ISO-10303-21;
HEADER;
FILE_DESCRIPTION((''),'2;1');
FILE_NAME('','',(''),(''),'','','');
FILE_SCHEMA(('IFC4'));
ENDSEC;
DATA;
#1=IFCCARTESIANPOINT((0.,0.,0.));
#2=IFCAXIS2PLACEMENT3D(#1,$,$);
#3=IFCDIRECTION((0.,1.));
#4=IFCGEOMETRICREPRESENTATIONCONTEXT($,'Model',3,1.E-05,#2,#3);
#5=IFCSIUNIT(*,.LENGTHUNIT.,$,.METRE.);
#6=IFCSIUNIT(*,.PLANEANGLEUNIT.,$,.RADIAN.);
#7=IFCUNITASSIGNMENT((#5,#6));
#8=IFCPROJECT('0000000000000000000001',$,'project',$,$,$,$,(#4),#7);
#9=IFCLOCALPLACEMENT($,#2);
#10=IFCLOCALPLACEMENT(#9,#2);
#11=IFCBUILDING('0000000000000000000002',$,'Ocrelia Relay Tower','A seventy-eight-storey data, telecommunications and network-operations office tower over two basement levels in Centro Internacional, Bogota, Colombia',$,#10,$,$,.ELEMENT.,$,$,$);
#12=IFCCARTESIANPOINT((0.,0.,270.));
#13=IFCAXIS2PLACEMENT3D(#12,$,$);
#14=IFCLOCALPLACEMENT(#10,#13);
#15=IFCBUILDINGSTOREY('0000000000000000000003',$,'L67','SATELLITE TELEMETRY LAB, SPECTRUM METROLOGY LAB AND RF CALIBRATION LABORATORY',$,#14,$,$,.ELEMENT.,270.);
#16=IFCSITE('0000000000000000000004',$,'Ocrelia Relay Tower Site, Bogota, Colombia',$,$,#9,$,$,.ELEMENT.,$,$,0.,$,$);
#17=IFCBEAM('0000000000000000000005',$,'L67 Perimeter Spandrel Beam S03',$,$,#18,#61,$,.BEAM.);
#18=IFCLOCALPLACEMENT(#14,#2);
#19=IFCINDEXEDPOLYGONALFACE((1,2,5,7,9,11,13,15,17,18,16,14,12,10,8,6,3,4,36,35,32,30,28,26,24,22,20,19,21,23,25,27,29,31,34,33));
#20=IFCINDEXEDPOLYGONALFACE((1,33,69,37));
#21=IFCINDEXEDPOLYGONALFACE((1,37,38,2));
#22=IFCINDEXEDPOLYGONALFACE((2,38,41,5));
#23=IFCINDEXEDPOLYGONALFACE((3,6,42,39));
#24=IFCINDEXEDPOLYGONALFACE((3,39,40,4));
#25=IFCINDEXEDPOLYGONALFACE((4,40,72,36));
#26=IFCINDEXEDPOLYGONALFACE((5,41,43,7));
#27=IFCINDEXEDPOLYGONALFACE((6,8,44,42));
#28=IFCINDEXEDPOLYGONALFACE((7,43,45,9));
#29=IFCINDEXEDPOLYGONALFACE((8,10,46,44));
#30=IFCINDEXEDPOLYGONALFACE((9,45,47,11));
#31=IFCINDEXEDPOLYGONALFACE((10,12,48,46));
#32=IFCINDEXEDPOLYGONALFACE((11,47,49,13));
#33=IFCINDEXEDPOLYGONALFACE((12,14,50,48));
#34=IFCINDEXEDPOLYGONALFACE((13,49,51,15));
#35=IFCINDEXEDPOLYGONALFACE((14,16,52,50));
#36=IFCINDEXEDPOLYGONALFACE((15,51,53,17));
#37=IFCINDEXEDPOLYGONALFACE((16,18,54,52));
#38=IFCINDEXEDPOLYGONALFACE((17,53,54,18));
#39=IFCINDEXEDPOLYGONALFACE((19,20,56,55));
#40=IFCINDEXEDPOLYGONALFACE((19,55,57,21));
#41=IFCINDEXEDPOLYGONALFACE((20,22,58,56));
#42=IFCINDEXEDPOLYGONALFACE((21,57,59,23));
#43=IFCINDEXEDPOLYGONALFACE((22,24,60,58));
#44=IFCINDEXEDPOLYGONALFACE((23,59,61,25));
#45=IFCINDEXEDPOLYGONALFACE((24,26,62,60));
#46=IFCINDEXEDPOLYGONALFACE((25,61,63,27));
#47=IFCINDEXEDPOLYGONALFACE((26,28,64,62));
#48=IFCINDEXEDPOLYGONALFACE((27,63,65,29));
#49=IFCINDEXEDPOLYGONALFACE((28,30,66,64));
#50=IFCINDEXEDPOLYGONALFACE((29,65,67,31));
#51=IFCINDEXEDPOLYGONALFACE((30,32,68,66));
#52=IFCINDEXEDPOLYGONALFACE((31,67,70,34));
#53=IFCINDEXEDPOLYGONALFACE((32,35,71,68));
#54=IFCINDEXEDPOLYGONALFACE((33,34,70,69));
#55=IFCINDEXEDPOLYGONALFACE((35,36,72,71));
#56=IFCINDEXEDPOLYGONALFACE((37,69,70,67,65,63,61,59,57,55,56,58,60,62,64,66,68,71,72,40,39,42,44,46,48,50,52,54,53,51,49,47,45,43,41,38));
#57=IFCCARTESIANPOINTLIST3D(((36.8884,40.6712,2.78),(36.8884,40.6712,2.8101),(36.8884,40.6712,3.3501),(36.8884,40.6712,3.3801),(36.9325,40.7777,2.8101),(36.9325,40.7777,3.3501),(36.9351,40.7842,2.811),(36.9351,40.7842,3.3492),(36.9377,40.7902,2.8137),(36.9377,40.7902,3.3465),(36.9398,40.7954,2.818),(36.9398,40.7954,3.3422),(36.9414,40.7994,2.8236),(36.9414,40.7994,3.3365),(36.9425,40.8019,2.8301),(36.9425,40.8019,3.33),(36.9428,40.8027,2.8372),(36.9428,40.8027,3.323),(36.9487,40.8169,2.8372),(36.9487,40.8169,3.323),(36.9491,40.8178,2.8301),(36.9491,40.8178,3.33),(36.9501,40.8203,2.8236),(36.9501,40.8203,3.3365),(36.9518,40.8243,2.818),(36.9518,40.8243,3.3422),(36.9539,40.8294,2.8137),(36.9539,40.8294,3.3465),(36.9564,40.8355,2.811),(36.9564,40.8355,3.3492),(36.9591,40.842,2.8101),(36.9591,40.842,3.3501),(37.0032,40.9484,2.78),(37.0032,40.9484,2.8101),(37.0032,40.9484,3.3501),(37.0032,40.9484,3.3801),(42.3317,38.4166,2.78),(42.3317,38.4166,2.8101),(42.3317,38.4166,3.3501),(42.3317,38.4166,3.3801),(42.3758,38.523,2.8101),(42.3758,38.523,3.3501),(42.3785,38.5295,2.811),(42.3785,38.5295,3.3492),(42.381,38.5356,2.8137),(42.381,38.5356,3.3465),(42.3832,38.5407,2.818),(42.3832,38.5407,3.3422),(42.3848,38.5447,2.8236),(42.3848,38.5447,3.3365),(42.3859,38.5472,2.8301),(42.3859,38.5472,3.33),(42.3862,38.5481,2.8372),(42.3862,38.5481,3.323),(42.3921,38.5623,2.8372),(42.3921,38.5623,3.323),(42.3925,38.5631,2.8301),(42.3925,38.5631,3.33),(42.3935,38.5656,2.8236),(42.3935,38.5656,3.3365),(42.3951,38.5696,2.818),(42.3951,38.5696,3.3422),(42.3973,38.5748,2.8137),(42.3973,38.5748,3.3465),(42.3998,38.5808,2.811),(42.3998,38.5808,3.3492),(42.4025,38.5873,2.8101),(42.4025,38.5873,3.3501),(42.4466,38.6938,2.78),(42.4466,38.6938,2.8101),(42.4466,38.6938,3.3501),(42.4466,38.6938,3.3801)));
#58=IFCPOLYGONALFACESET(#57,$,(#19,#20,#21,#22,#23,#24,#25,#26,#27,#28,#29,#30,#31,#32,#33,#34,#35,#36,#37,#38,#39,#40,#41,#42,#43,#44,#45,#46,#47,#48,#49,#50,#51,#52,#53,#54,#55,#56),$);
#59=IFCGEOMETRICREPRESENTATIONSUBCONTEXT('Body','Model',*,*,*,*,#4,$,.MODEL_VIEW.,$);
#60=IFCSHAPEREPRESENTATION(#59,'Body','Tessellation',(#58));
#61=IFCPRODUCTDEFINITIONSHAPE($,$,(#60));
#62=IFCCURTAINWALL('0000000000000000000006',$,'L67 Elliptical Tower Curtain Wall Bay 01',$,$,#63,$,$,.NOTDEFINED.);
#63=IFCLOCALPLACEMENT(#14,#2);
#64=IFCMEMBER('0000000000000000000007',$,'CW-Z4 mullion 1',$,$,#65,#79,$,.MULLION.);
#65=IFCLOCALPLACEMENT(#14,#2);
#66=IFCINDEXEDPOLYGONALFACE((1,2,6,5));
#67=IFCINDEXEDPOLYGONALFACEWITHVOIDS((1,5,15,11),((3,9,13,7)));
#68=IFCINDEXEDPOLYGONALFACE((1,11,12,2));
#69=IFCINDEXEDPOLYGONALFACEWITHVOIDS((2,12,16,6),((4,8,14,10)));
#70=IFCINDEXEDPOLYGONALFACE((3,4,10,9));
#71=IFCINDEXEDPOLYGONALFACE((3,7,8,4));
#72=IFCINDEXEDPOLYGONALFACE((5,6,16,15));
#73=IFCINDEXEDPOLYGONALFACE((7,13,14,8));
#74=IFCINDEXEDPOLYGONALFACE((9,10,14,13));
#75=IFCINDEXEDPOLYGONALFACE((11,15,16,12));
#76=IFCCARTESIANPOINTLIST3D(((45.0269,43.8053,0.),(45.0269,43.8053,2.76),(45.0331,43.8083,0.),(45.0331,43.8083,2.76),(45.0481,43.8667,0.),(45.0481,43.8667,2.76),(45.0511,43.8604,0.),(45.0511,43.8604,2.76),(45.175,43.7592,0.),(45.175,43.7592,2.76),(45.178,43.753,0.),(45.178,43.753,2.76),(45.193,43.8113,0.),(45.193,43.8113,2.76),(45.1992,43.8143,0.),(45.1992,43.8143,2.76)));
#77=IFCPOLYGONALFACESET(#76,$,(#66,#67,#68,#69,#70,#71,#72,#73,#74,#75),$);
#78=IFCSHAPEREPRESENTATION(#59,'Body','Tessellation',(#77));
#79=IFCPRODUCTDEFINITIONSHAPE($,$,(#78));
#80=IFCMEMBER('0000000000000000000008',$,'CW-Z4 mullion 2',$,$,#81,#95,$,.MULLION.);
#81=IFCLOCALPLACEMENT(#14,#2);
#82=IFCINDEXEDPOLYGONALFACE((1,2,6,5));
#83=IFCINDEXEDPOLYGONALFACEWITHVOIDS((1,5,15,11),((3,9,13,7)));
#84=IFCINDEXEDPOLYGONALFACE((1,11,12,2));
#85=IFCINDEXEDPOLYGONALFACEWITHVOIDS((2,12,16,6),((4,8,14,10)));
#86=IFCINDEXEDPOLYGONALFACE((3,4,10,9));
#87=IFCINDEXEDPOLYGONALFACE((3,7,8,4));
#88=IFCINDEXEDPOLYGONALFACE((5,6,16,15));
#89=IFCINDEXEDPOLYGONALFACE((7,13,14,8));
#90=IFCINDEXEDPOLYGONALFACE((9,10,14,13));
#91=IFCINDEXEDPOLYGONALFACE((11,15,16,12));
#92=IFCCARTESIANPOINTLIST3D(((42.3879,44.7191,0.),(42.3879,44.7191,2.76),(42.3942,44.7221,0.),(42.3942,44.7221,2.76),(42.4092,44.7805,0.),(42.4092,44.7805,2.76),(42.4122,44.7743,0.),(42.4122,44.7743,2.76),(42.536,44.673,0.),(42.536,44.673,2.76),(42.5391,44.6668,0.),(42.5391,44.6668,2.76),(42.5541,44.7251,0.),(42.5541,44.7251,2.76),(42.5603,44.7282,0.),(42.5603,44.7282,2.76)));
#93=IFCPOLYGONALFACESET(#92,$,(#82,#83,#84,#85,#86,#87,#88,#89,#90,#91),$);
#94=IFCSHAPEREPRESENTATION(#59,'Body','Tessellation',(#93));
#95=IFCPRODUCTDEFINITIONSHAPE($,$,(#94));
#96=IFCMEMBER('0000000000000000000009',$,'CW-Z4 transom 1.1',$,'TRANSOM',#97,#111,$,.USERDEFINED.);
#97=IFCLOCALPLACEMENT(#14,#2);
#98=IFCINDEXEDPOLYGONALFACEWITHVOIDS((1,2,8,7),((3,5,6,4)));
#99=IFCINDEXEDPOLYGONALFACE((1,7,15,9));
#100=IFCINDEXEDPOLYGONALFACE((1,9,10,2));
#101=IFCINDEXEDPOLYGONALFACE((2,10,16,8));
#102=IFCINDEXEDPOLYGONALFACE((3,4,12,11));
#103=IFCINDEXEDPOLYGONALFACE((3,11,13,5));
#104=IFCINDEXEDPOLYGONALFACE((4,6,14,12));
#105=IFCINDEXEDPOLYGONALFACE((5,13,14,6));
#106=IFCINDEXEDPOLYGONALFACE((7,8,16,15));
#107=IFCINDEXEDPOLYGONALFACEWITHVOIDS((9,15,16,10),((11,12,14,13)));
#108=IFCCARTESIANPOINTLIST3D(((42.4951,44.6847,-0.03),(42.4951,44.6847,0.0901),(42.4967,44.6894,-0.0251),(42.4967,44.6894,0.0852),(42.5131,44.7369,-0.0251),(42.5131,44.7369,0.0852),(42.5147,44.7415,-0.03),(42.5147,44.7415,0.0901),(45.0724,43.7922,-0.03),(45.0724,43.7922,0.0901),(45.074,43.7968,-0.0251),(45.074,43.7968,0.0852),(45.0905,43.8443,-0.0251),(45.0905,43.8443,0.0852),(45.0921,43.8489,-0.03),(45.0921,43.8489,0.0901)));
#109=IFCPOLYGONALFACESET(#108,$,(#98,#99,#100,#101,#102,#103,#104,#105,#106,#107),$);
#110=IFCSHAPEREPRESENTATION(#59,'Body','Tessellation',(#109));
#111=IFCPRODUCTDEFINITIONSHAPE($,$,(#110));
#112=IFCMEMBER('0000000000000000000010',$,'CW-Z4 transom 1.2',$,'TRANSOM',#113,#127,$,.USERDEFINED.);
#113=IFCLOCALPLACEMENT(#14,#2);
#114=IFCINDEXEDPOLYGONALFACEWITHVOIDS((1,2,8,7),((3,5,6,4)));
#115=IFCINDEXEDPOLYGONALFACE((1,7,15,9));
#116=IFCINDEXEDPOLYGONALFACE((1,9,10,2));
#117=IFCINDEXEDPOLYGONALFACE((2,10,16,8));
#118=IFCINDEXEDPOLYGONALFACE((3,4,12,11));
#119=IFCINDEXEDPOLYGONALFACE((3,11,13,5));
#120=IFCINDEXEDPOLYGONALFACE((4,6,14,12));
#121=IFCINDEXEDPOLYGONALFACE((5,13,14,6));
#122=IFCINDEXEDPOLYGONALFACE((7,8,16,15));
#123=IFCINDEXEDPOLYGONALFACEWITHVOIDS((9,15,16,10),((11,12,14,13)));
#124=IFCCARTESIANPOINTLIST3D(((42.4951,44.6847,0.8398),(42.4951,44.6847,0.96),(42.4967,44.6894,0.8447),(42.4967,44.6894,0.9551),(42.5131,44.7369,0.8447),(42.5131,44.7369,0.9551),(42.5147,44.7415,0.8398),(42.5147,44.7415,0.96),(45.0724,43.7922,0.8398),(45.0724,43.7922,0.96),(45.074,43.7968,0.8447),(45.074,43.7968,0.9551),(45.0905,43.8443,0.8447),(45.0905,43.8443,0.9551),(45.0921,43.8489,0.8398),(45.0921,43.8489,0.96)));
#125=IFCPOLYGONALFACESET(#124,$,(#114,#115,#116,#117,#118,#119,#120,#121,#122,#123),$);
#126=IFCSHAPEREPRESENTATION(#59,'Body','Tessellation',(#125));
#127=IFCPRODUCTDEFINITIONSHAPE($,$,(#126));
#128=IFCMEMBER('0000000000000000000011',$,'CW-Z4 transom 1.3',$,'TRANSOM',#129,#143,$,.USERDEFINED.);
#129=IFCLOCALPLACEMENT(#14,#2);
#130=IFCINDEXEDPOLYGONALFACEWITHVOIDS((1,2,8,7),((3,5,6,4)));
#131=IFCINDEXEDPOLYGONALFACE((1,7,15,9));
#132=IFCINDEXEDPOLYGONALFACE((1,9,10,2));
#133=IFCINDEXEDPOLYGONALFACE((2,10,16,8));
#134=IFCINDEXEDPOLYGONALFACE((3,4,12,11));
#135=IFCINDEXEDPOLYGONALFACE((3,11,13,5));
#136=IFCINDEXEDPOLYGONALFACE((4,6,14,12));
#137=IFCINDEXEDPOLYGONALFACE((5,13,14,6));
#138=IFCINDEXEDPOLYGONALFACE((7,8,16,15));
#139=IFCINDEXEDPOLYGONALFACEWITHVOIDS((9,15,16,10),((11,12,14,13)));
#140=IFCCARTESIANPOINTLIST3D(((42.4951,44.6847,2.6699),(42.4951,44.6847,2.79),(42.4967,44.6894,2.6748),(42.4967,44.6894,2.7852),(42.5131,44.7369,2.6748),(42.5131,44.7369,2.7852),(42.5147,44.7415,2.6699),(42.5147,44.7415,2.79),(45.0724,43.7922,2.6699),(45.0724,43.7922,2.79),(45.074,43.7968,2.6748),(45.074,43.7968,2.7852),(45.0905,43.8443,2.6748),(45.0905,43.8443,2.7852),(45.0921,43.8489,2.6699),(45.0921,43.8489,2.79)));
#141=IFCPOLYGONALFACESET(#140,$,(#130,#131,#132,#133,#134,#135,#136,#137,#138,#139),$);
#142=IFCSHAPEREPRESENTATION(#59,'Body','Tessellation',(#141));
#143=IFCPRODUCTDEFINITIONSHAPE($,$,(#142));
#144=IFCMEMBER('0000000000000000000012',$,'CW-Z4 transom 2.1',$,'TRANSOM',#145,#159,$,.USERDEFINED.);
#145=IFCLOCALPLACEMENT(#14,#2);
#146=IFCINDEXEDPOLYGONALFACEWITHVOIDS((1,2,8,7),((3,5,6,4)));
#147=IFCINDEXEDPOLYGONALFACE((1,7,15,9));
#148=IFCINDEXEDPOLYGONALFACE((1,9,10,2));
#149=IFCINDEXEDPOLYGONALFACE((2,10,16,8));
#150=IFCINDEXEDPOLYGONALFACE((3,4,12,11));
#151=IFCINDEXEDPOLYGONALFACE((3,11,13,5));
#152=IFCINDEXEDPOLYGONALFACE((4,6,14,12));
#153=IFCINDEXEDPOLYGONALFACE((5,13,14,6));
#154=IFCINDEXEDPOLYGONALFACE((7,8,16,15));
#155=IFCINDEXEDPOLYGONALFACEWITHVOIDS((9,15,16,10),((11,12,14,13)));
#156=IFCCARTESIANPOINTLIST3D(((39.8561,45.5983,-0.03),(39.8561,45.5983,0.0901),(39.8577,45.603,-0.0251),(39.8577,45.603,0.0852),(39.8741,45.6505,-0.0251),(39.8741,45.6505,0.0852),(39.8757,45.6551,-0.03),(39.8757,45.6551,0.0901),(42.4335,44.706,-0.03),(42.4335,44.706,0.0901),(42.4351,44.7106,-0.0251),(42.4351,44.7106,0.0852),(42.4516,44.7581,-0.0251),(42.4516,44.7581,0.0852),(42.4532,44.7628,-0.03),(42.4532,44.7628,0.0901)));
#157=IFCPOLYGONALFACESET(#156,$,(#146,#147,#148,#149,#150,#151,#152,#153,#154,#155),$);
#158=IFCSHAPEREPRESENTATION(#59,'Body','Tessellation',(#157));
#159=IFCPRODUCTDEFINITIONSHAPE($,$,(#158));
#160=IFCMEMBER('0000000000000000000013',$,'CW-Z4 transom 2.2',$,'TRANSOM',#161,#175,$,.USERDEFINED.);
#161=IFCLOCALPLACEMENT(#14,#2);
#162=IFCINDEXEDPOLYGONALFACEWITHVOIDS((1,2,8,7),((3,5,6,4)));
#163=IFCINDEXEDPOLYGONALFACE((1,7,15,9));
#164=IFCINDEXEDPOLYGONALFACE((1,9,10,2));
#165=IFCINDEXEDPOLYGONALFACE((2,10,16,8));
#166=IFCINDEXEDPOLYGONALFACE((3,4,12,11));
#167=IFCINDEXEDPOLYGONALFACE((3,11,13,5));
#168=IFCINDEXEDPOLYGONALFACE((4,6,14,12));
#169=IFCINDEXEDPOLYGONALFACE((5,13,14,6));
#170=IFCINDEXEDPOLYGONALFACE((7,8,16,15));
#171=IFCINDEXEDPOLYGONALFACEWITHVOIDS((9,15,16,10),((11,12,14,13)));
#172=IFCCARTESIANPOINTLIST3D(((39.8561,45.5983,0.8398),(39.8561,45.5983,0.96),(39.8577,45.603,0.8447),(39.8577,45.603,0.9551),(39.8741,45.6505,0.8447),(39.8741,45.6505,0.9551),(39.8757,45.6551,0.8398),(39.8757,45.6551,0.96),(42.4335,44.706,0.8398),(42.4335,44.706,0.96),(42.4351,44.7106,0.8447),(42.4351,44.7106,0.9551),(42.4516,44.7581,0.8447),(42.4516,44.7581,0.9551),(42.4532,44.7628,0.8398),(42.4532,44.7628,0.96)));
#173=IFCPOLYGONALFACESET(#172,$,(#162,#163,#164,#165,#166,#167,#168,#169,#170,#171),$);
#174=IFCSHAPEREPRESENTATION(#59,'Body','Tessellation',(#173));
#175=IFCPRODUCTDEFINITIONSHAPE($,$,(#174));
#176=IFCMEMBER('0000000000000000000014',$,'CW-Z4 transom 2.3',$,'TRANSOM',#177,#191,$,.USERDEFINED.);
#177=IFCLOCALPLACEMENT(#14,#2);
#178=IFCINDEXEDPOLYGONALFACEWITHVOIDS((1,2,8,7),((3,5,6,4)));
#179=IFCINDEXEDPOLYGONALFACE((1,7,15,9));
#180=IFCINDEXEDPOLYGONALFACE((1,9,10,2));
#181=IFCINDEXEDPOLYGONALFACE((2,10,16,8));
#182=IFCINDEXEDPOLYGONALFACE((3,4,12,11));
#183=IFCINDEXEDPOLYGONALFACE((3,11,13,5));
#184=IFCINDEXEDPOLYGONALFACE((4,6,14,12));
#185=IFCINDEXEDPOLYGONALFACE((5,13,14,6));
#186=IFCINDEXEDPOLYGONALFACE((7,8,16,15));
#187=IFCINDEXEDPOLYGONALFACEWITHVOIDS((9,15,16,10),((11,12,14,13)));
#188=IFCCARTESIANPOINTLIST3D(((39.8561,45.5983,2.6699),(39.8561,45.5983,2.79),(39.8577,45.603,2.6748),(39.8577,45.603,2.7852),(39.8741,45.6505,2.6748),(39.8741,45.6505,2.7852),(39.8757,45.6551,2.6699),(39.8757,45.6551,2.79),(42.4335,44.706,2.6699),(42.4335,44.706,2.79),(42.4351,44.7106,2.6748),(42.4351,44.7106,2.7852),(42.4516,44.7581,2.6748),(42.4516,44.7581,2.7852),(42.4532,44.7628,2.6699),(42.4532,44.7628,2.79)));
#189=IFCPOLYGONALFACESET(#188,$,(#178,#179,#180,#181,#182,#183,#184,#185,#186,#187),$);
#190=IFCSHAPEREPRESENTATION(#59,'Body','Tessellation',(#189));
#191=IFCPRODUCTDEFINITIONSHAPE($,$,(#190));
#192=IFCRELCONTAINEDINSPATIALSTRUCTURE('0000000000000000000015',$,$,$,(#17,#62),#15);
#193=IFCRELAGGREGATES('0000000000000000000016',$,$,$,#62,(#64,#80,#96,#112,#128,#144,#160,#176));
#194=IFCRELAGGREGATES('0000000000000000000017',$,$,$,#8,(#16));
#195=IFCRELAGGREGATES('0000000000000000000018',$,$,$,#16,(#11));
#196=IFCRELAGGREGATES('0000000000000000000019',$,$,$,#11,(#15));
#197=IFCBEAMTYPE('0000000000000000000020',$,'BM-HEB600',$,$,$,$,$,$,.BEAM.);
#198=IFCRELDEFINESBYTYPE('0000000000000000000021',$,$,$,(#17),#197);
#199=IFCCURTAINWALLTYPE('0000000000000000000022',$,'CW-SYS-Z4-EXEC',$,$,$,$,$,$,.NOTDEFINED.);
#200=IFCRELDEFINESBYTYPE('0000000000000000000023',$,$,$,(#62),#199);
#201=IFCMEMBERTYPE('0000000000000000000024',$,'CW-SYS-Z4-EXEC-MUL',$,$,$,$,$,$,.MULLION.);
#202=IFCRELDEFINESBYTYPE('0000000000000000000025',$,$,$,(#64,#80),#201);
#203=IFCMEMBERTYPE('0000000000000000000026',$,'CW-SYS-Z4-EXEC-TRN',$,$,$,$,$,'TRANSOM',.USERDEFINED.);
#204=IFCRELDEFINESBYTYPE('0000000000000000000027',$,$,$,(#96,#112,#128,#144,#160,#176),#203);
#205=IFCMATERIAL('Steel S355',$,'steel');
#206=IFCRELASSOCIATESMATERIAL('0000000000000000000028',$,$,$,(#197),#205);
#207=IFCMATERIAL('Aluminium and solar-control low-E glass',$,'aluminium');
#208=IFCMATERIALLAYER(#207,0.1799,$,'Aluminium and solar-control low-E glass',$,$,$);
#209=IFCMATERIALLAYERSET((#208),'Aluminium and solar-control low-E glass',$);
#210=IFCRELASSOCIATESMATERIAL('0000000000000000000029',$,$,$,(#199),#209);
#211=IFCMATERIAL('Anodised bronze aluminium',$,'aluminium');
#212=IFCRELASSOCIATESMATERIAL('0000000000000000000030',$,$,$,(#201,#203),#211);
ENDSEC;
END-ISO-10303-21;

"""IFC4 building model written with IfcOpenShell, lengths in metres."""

from ifc_helpers import new_model, si_unit, direction, frame, origin, origin_2d, place, context, subcontext, project, spatial, hollow_rectangle, i_section, extrude, material, layer, layer_set, material_profile, profile_set, type_object, element, aggregate, save


model = new_model("IFC4")

# Units and contexts
model_context = context("Model", 3, precision=1e-05, world=origin(), true_north=direction((0.0, 1.0)))
body_context = subcontext(model_context, "Body", "Model", "MODEL_VIEW")
ifc_project = project(units=[si_unit("LENGTHUNIT", "METRE"), si_unit("PLANEANGLEUNIT", "RADIAN")], contexts=[model_context])

# Site, building, storey
site_placement = place(None, origin())
site = spatial("IfcSite", under=ifc_project, at=site_placement, Name="Ocrelia Relay Tower Site, Bogota, Colombia", CompositionType="ELEMENT", RefElevation=0.0)
building_placement = place(site_placement, origin())
building = spatial("IfcBuilding", under=site, at=building_placement, Name="Ocrelia Relay Tower", Description="A seventy-eight-storey data, telecommunications and network-operations office tower over two basement levels in Centro Internacional, Bogota, Colombia", CompositionType="ELEMENT")
storey_placement = place(building_placement, frame((0.0, 0.0, 270.0)))
storey = spatial("IfcBuildingStorey", under=building, at=storey_placement, Name="L67", Description="SATELLITE TELEMETRY LAB, SPECTRUM METROLOGY LAB AND RF CALIBRATION LABORATORY", CompositionType="ELEMENT", Elevation=270.0)

# Beam
ifc_material_1 = material(Name="Steel S355", Category="steel")
ifc_material_profile_1 = material_profile(ifc_material_1, i_section(OverallWidth=0.3, OverallDepth=0.6001, WebThickness=0.0154, FlangeThickness=0.03, FilletRadius=0.0271, at=origin_2d()), Name="HEB 600")
ifc_profile_set_1 = profile_set([ifc_material_profile_1], Name="Steel S355")
beam_type = type_object("IfcBeamType", Name="BM-HEB600", PredefinedType="BEAM", material=ifc_profile_set_1)
beam_placement = place(storey_placement, frame((42.3892, 38.5552, 3.0801), z_axis=(-0.923884, 0.382673, 0.0), x_axis=(-0.382673, -0.923884, 0.0)))
element("IfcBeam", 1, at=beam_placement, inside=storey, type_object=beam_type, Name="L67 Perimeter Spandrel Beam S03", PredefinedType="BEAM", context=body_context, shape_type="SweptSolid", body=[
    extrude(i_section(OverallWidth=0.3, OverallDepth=0.6001, WebThickness=0.0154, FlangeThickness=0.03, FilletRadius=0.0271, at=origin_2d()), origin(), (0.0, 0.0, 1.0), 5.8918),
])

# Curtain wall, members
ifc_material_2 = material(Name="Aluminium and solar-control low-E glass", Category="aluminium")
ifc_layer_1 = layer(ifc_material_2, 0.1799, Name="Aluminium and solar-control low-E glass")
ifc_layer_set_1 = layer_set([ifc_layer_1], Name="Aluminium and solar-control low-E glass")
curtain_wall_type = type_object("IfcCurtainWallType", Name="CW-SYS-Z4-EXEC", PredefinedType="NOTDEFINED", material=ifc_layer_set_1)
curtain_wall_placement = place(storey_placement, origin())
curtain_wall = element("IfcCurtainWall", 2, at=curtain_wall_placement, inside=storey, type_object=curtain_wall_type, Name="L67 Elliptical Tower Curtain Wall Bay 01", PredefinedType="NOTDEFINED")
ifc_material_3 = material(Name="Anodised bronze aluminium", Category="aluminium")
ifc_material_profile_2 = material_profile(ifc_material_3, hollow_rectangle(XDim=0.0649, YDim=0.1599, WallThickness=0.0049, at=origin_2d()), Name="CW-MUL-160x65")
ifc_profile_set_2 = profile_set([ifc_material_profile_2], Name="Anodised bronze aluminium")
member_type_1 = type_object("IfcMemberType", Name="CW-SYS-Z4-EXEC-MUL", PredefinedType="MULLION", material=ifc_profile_set_2)
member_1_placement = place(storey_placement, frame((45.113, 43.8098, 0.0), z_axis=(0.0, 0.0, 1.0), x_axis=(-0.327187, -0.94496, 0.0)))
member_1 = element("IfcMember", 3, at=member_1_placement, type_object=member_type_1, Name="CW-Z4 mullion 1", PredefinedType="MULLION", context=body_context, shape_type="SweptSolid", body=[
    extrude(hollow_rectangle(XDim=0.0649, YDim=0.1599, WallThickness=0.0049, at=origin_2d()), origin(), (0.0, 0.0, 1.0), 2.76),
])
member_2_placement = place(storey_placement, frame((42.4741, 44.7236, 0.0), z_axis=(0.0, 0.0, 1.0), x_axis=(-0.327187, -0.94496, 0.0)))
member_2 = element("IfcMember", 4, at=member_2_placement, type_object=member_type_1, Name="CW-Z4 mullion 2", PredefinedType="MULLION", context=body_context, shape_type="SweptSolid", body=[
    extrude(hollow_rectangle(XDim=0.0649, YDim=0.1599, WallThickness=0.0049, at=origin_2d()), origin(), (0.0, 0.0, 1.0), 2.76),
])
ifc_material_profile_3 = material_profile(ifc_material_3, hollow_rectangle(XDim=0.0601, YDim=0.1201, WallThickness=0.0049, at=origin_2d()), Name="CW-TRN-120x60")
ifc_profile_set_3 = profile_set([ifc_material_profile_3], Name="Anodised bronze aluminium")
member_type_2 = type_object("IfcMemberType", Name="CW-SYS-Z4-EXEC-TRN", ElementType="TRANSOM", PredefinedType="USERDEFINED", material=ifc_profile_set_3)
member_3_placement = place(storey_placement, frame((45.0823, 43.8206, 0.03), z_axis=(-0.94494, 0.327243, 0.0), x_axis=(-0.327243, -0.94494, 0.0)))
member_3 = element("IfcMember", 5, at=member_3_placement, type_object=member_type_2, Name="CW-Z4 transom 1.1", ObjectType="TRANSOM", PredefinedType="USERDEFINED", context=body_context, shape_type="SweptSolid", body=[
    extrude(hollow_rectangle(XDim=0.0601, YDim=0.1201, WallThickness=0.0049, at=origin_2d()), origin(), (0.0, 0.0, 1.0), 2.7275),
])
member_4_placement = place(storey_placement, frame((45.0823, 43.8206, 0.8999), z_axis=(-0.94494, 0.327243, 0.0), x_axis=(-0.327243, -0.94494, 0.0)))
member_4 = element("IfcMember", 6, at=member_4_placement, type_object=member_type_2, Name="CW-Z4 transom 1.2", ObjectType="TRANSOM", PredefinedType="USERDEFINED", context=body_context, shape_type="SweptSolid", body=[
    extrude(hollow_rectangle(XDim=0.0601, YDim=0.1201, WallThickness=0.0049, at=origin_2d()), origin(), (0.0, 0.0, 1.0), 2.7275),
])
member_5_placement = place(storey_placement, frame((45.0823, 43.8206, 2.73), z_axis=(-0.94494, 0.327243, 0.0), x_axis=(-0.327243, -0.94494, 0.0)))
member_5 = element("IfcMember", 7, at=member_5_placement, type_object=member_type_2, Name="CW-Z4 transom 1.3", ObjectType="TRANSOM", PredefinedType="USERDEFINED", context=body_context, shape_type="SweptSolid", body=[
    extrude(hollow_rectangle(XDim=0.0601, YDim=0.1201, WallThickness=0.0049, at=origin_2d()), origin(), (0.0, 0.0, 1.0), 2.7275),
])
member_6_placement = place(storey_placement, frame((42.4434, 44.7344, 0.03), z_axis=(-0.944968, 0.327163, 0.0), x_axis=(-0.327163, -0.944968, 0.0)))
member_6 = element("IfcMember", 8, at=member_6_placement, type_object=member_type_2, Name="CW-Z4 transom 2.1", ObjectType="TRANSOM", PredefinedType="USERDEFINED", context=body_context, shape_type="SweptSolid", body=[
    extrude(hollow_rectangle(XDim=0.0601, YDim=0.1201, WallThickness=0.0049, at=origin_2d()), origin(), (0.0, 0.0, 1.0), 2.7275),
])
member_7_placement = place(storey_placement, frame((42.4434, 44.7344, 0.8999), z_axis=(-0.944968, 0.327163, 0.0), x_axis=(-0.327163, -0.944968, 0.0)))
member_7 = element("IfcMember", 9, at=member_7_placement, type_object=member_type_2, Name="CW-Z4 transom 2.2", ObjectType="TRANSOM", PredefinedType="USERDEFINED", context=body_context, shape_type="SweptSolid", body=[
    extrude(hollow_rectangle(XDim=0.0601, YDim=0.1201, WallThickness=0.0049, at=origin_2d()), origin(), (0.0, 0.0, 1.0), 2.7275),
])
member_8_placement = place(storey_placement, frame((42.4434, 44.7344, 2.73), z_axis=(-0.944968, 0.327163, 0.0), x_axis=(-0.327163, -0.944968, 0.0)))
member_8 = element("IfcMember", 10, at=member_8_placement, type_object=member_type_2, Name="CW-Z4 transom 2.3", ObjectType="TRANSOM", PredefinedType="USERDEFINED", context=body_context, shape_type="SweptSolid", body=[
    extrude(hollow_rectangle(XDim=0.0601, YDim=0.1201, WallThickness=0.0049, at=origin_2d()), origin(), (0.0, 0.0, 1.0), 2.7275),
])
aggregate(curtain_wall, [member_1, member_2, member_3, member_4, member_5, member_6, member_7, member_8])

save(model, "model.ifc")
